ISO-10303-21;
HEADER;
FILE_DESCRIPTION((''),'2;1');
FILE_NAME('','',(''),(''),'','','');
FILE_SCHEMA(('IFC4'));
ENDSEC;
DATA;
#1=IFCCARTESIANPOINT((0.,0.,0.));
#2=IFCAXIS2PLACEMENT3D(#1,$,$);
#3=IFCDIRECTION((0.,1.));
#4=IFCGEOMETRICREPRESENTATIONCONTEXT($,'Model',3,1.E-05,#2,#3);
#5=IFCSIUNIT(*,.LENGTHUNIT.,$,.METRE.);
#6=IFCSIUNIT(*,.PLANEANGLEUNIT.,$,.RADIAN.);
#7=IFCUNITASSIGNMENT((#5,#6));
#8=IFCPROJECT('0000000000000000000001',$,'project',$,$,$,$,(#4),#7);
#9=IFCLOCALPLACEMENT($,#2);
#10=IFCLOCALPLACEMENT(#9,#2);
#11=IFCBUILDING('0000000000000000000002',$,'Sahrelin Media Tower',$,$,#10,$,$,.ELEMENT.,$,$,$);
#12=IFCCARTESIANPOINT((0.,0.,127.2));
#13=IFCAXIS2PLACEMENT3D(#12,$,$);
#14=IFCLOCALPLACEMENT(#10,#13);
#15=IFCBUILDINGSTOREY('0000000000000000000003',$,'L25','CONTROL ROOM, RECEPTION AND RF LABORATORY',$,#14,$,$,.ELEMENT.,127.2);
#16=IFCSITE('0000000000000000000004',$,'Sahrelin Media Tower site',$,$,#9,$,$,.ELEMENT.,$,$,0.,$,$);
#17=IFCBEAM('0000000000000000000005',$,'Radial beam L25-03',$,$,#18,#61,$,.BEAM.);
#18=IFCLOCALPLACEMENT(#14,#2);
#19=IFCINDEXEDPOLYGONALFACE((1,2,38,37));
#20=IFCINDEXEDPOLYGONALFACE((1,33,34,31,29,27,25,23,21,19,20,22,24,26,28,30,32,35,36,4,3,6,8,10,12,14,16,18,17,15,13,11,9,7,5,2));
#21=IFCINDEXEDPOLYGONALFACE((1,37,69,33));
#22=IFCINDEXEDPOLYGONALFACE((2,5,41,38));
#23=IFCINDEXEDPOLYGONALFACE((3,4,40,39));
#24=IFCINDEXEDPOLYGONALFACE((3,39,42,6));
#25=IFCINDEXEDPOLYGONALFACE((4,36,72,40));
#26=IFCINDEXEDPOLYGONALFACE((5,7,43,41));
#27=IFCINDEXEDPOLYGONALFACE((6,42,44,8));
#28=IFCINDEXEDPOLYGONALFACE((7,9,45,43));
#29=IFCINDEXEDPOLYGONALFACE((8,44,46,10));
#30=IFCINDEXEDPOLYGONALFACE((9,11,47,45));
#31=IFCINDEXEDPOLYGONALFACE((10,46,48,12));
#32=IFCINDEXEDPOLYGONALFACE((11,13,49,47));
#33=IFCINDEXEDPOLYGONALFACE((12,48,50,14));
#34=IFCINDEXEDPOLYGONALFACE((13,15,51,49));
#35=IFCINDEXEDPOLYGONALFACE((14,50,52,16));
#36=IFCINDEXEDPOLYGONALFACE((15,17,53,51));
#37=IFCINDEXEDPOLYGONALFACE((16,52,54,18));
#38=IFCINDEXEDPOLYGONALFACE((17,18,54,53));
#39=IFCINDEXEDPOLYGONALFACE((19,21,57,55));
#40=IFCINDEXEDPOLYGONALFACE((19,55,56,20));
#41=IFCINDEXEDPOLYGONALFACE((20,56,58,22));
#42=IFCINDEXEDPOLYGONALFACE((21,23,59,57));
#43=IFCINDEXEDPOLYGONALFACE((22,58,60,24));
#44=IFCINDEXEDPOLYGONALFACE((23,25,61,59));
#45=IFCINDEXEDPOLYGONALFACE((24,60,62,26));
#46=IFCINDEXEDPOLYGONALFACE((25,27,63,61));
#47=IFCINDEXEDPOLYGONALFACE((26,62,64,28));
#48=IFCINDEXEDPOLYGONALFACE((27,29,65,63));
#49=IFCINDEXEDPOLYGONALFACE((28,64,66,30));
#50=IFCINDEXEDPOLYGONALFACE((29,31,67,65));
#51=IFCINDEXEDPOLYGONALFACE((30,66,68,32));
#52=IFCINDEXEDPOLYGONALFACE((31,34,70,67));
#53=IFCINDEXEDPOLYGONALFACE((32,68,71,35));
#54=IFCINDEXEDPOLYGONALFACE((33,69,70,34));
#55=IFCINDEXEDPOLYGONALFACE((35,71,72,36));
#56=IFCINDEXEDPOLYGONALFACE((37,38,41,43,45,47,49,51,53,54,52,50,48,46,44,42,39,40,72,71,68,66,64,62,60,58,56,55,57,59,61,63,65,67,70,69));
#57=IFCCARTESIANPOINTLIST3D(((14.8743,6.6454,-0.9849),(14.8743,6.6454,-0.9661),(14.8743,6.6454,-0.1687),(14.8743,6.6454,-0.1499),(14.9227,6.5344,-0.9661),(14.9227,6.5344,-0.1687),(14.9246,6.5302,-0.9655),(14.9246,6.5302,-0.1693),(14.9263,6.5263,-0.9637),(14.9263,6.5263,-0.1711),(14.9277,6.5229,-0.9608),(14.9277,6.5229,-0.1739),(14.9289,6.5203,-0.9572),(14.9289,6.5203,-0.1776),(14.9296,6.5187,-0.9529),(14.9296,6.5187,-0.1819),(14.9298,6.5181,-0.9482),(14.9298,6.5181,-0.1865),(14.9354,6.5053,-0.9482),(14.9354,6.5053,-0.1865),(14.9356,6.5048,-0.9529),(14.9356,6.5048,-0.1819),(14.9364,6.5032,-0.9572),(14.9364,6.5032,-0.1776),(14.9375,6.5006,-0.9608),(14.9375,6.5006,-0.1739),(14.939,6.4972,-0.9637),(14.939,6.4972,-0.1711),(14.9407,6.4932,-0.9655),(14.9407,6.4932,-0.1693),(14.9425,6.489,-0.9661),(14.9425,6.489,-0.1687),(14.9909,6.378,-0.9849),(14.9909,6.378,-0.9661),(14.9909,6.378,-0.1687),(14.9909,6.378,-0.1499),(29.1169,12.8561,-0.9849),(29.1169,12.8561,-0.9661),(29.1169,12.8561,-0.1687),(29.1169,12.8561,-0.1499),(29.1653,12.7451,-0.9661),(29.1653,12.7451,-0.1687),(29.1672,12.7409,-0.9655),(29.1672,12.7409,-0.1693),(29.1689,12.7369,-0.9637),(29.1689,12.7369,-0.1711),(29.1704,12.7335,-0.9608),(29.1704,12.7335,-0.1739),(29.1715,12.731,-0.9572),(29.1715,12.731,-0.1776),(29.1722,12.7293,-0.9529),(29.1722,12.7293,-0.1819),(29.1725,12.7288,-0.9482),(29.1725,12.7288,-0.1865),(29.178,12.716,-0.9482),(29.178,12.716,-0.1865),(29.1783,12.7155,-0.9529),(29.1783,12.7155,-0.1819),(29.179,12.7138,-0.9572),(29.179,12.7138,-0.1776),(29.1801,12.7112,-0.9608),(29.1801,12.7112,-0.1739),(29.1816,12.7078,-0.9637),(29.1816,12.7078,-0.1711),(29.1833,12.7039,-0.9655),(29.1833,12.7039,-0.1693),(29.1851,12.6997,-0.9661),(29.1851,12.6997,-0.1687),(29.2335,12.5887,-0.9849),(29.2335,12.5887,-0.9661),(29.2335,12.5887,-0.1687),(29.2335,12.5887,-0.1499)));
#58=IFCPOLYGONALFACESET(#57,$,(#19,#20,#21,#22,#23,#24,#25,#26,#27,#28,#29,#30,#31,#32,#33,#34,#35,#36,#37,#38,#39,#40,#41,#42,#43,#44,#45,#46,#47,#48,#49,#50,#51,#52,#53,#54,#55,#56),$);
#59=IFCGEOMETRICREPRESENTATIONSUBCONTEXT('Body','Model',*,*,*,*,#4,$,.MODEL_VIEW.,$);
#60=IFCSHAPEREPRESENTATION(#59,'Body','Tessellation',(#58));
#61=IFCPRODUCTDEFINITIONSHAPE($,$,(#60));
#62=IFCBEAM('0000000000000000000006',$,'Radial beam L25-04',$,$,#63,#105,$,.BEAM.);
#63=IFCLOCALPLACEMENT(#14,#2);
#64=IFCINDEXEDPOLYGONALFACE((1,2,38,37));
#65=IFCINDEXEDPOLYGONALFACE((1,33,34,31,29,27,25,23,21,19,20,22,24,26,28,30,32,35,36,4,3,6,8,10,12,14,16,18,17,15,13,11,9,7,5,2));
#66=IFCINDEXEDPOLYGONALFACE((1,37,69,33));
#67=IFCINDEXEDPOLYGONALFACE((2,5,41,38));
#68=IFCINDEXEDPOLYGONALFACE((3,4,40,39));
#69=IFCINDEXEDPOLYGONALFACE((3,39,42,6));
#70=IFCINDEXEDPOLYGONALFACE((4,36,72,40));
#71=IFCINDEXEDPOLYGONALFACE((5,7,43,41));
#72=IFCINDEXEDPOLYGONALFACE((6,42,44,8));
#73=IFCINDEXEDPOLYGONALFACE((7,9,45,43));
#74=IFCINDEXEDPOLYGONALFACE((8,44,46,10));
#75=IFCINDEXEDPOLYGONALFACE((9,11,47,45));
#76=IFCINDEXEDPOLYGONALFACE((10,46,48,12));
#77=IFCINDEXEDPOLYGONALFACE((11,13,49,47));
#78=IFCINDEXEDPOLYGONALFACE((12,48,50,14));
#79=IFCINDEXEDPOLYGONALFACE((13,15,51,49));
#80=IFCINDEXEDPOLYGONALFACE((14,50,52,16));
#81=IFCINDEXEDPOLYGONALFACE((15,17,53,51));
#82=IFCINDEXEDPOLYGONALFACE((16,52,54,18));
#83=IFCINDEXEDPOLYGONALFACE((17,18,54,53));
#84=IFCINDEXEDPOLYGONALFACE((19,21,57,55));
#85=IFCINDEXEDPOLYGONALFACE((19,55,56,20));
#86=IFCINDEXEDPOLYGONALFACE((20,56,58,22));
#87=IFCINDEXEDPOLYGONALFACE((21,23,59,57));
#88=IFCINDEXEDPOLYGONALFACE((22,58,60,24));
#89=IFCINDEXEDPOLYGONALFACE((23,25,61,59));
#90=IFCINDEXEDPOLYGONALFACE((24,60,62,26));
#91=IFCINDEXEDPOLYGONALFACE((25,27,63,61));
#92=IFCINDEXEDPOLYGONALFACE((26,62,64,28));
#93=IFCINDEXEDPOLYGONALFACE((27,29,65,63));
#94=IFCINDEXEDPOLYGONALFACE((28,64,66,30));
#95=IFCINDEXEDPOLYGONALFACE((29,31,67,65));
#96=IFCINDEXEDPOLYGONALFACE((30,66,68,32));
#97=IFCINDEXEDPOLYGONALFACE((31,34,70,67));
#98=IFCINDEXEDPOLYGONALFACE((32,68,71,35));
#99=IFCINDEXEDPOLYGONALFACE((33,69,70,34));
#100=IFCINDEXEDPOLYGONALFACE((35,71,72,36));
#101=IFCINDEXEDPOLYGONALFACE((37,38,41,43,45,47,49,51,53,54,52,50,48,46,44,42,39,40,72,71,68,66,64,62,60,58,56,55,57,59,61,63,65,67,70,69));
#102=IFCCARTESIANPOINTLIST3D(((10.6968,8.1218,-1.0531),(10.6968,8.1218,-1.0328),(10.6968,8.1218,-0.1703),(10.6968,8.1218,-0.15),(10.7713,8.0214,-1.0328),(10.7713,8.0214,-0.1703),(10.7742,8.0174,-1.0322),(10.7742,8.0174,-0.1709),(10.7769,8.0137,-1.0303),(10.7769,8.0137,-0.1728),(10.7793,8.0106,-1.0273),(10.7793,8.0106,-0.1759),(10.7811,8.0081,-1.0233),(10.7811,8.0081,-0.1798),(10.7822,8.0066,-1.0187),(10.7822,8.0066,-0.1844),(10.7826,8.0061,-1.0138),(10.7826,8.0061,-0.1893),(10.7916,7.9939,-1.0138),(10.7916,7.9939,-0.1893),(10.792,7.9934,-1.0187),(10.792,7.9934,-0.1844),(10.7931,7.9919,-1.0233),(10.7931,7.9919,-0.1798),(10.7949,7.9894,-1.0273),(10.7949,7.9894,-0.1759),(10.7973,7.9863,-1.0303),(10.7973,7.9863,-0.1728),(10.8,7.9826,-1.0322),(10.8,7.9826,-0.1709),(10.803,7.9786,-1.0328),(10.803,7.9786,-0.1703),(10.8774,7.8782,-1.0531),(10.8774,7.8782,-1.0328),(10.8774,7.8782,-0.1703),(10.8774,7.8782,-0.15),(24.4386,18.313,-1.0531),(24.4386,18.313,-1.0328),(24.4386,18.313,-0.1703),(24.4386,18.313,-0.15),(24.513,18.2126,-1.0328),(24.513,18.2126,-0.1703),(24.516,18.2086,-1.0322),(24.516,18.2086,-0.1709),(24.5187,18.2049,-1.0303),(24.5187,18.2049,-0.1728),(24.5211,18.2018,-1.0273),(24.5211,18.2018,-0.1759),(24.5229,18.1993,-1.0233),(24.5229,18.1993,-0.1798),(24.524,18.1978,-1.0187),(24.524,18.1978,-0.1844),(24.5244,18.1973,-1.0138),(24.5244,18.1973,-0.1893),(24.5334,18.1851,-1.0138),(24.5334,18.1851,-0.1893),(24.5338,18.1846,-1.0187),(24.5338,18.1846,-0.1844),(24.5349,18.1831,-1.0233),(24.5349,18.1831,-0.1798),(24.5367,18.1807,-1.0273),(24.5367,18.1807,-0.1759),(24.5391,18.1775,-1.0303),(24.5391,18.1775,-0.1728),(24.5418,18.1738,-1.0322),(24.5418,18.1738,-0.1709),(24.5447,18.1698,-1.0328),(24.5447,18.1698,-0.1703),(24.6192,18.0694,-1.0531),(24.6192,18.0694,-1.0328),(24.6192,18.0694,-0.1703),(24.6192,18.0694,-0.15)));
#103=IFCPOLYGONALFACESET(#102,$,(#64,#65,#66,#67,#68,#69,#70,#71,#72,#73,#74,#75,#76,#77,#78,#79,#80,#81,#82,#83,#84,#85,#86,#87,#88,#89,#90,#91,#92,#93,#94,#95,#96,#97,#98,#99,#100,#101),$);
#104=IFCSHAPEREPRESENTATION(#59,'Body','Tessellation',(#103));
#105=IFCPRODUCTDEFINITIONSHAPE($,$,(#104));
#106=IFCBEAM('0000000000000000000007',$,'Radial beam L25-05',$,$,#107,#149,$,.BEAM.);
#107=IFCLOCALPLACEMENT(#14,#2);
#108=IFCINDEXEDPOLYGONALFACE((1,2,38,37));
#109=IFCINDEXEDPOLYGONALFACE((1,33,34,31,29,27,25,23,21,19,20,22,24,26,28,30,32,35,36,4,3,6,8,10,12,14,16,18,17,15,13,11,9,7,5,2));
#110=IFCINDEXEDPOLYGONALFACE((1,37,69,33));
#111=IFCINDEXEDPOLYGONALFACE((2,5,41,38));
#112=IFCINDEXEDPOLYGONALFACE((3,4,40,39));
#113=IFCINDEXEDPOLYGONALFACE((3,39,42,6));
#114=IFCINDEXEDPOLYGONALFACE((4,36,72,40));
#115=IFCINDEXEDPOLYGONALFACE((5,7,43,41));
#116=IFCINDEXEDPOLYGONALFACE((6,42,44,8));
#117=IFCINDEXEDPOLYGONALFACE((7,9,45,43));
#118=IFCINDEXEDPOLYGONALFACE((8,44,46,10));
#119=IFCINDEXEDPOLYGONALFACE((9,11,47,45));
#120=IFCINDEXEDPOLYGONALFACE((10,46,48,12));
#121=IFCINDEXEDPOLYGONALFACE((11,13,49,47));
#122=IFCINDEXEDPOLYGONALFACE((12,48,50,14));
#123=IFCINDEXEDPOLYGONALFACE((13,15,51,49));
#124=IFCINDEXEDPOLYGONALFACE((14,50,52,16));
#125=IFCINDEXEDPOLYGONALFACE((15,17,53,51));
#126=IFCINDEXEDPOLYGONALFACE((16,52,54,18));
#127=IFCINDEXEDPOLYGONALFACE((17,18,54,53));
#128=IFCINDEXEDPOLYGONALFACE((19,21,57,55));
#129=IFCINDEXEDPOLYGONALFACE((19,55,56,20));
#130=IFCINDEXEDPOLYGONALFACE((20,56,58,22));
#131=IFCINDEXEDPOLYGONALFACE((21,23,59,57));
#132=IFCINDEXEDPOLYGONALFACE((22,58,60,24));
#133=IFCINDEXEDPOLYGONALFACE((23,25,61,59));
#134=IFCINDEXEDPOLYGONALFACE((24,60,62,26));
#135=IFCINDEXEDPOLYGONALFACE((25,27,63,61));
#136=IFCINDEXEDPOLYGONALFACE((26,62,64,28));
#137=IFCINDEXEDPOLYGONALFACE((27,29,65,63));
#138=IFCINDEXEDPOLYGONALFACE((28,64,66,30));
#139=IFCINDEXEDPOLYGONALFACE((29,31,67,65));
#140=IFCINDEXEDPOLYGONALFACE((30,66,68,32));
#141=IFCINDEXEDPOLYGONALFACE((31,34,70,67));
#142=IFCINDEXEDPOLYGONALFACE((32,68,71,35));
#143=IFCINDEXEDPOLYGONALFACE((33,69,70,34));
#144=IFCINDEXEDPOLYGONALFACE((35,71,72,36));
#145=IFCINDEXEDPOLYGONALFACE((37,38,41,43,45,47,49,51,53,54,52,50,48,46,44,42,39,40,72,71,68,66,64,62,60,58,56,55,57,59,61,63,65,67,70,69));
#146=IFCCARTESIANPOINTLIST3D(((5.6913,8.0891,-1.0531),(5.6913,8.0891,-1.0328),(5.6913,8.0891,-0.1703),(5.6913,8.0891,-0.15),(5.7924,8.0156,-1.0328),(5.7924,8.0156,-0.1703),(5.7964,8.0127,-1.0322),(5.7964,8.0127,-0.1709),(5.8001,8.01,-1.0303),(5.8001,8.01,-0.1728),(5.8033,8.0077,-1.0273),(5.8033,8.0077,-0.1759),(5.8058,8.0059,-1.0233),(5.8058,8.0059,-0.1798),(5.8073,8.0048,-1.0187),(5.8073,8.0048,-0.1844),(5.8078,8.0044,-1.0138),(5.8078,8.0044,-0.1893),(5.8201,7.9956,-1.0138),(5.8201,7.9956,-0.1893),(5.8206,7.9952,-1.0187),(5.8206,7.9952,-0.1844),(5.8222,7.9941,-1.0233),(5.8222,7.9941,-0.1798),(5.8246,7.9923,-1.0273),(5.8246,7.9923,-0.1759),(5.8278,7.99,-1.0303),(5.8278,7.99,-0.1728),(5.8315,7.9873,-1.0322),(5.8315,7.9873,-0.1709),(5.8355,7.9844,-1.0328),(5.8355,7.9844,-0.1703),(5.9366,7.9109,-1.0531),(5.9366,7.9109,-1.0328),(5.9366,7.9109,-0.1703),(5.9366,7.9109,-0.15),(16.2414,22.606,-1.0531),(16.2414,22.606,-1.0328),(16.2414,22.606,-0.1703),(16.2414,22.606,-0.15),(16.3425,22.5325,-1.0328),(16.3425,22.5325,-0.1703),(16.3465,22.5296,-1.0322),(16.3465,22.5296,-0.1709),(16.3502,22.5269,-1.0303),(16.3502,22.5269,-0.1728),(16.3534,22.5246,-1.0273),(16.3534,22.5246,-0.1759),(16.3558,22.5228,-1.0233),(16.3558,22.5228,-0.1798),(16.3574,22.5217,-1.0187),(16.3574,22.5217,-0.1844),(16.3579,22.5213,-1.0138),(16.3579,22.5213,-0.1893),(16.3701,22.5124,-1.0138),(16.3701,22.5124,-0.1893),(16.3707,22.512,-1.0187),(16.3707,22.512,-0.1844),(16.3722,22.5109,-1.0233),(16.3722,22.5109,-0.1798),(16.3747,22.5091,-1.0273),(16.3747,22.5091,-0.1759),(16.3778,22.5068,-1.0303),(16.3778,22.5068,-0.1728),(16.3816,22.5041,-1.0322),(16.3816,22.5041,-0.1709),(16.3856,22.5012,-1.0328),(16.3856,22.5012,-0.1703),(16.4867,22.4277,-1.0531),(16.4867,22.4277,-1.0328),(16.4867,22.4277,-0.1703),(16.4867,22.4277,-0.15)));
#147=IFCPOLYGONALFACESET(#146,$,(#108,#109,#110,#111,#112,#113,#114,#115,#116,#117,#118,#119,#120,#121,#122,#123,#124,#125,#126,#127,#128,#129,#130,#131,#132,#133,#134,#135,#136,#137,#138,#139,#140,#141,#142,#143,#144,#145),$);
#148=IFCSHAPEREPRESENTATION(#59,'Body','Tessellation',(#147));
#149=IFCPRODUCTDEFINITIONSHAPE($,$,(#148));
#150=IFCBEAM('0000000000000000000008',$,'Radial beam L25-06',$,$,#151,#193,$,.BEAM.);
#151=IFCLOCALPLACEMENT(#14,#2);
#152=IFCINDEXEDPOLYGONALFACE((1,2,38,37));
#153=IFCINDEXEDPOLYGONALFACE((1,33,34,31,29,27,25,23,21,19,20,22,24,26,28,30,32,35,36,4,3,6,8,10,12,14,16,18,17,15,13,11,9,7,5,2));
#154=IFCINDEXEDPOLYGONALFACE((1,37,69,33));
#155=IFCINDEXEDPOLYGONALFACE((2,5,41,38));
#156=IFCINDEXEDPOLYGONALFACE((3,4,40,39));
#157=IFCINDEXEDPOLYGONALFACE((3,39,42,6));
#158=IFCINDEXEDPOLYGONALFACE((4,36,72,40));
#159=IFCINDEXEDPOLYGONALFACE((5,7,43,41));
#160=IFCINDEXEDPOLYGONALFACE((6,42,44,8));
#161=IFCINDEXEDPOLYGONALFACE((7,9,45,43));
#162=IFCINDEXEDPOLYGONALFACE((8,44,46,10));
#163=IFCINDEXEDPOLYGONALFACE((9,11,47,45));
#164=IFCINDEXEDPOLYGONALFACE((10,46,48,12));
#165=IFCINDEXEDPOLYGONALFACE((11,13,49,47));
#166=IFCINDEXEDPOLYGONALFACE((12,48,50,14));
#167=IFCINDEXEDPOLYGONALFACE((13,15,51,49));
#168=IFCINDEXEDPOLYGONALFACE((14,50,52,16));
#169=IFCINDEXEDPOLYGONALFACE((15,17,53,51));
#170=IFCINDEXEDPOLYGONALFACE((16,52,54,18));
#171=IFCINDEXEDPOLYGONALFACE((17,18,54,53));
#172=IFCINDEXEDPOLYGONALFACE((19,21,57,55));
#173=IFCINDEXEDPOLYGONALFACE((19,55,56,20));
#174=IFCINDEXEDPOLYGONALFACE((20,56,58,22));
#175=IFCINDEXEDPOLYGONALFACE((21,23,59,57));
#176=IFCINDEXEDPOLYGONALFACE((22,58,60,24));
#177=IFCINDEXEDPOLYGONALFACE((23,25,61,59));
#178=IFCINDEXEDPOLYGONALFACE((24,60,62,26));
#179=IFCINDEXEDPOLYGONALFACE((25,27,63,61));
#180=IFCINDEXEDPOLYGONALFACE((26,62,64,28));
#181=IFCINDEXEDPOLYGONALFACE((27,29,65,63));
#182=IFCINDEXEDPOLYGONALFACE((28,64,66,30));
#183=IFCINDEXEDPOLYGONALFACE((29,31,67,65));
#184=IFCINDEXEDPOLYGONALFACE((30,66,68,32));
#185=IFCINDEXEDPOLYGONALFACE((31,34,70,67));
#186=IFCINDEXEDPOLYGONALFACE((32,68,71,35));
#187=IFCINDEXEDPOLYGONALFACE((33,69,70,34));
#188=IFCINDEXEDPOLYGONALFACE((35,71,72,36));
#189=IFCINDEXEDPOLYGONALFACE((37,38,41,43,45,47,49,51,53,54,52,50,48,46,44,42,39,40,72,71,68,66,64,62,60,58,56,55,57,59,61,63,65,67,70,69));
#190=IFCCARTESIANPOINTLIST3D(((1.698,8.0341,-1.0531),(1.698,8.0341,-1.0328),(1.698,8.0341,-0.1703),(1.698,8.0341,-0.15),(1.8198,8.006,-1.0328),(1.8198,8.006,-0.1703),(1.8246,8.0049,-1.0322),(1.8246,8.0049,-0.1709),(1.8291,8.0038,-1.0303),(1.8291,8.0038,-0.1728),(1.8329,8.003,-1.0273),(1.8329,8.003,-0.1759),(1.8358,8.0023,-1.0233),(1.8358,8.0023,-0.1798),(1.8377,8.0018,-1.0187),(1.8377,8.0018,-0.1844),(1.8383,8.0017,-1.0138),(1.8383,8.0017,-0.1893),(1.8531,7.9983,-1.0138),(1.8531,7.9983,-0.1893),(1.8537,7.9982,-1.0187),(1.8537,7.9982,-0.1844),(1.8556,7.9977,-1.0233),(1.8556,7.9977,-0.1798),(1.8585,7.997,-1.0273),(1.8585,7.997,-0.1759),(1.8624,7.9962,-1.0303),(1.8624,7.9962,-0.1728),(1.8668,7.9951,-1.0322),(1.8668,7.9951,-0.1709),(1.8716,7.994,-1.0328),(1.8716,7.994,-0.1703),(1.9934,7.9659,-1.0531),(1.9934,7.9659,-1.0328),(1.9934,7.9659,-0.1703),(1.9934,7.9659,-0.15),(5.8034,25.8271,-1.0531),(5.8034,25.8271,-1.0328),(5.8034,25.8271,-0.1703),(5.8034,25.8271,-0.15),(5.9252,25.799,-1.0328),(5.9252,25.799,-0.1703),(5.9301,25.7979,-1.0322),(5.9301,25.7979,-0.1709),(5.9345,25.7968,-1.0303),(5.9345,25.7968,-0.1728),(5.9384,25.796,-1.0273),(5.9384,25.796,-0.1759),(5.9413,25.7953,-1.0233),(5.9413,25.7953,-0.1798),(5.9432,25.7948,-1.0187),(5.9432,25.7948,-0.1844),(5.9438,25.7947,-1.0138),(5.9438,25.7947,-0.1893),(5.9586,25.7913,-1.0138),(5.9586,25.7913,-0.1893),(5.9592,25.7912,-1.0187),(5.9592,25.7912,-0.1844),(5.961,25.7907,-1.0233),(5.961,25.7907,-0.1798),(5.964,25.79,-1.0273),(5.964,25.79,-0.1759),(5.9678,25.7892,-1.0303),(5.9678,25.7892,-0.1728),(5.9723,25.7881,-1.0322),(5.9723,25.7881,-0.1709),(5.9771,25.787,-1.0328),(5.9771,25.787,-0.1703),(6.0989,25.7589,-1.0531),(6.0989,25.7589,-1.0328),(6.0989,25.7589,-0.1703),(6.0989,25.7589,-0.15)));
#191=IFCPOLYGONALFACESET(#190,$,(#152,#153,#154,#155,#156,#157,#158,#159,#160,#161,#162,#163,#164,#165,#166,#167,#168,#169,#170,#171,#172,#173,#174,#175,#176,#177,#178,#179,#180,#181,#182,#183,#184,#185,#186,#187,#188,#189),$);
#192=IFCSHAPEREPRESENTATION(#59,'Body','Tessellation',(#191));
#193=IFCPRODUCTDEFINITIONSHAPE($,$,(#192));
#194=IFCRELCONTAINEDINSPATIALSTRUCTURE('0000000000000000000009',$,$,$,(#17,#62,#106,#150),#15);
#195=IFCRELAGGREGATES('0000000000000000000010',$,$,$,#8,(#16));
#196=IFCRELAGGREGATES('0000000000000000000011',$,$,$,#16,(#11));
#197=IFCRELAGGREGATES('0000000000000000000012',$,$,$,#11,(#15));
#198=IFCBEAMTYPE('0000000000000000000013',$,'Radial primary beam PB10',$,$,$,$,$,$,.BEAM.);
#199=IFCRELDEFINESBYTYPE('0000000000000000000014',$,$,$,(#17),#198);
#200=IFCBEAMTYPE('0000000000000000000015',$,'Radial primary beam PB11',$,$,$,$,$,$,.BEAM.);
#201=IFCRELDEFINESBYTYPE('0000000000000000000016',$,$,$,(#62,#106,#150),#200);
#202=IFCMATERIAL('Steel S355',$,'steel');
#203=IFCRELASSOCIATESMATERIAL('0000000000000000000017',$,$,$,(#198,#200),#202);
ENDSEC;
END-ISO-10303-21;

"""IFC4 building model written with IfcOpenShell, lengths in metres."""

from ifc_helpers import new_model, si_unit, direction, frame, origin, origin_2d, place, context, subcontext, project, spatial, i_section, extrude, material, material_profile, profile_set, type_object, element, save


model = new_model("IFC4")

# Units and contexts
model_context = context("Model", 3, precision=1e-05, world=origin(), true_north=direction((0.0, 1.0)))
body_context = subcontext(model_context, "Body", "Model", "MODEL_VIEW")
ifc_project = project(units=[si_unit("LENGTHUNIT", "METRE"), si_unit("PLANEANGLEUNIT", "RADIAN")], contexts=[model_context])

# Site, building, storey
site_placement = place(None, origin())
site = spatial("IfcSite", under=ifc_project, at=site_placement, Name="Sahrelin Media Tower site", CompositionType="ELEMENT", RefElevation=0.0)
building_placement = place(site_placement, origin())
building = spatial("IfcBuilding", under=site, at=building_placement, Name="Sahrelin Media Tower", CompositionType="ELEMENT")
storey_placement = place(building_placement, frame((0.0, 0.0, 127.2)))
storey = spatial("IfcBuildingStorey", under=building, at=storey_placement, Name="L25", Description="CONTROL ROOM, RECEPTION AND RF LABORATORY", CompositionType="ELEMENT", Elevation=127.2)

# Beams
ifc_material_1 = material(Name="Steel S355", Category="steel")
ifc_material_profile_1 = material_profile(ifc_material_1, i_section(OverallWidth=0.2917, OverallDepth=0.835, WebThickness=0.0139, FlangeThickness=0.0188, FilletRadius=0.0178, at=origin_2d()), Name="UB 838x292x176")
ifc_profile_set_1 = profile_set([ifc_material_profile_1], Name="Steel S355")
beam_type_1 = type_object("IfcBeamType", Name="Radial primary beam PB10", PredefinedType="BEAM", material=ifc_profile_set_1)
beam_1_placement = place(storey_placement, frame((14.9326, 6.5117, -0.5674), z_axis=(0.916641, 0.399712, 0.0), x_axis=(-0.399712, 0.916641, 0.0)))
element("IfcBeam", 1, at=beam_1_placement, inside=storey, type_object=beam_type_1, Name="Radial beam L25-03", PredefinedType="BEAM", context=body_context, shape_type="SweptSolid", body=[
    extrude(i_section(OverallWidth=0.2917, OverallDepth=0.835, WebThickness=0.0139, FlangeThickness=0.0188, FilletRadius=0.0178, at=origin_2d()), origin(), (0.0, 0.0, 1.0), 15.5378),
])
ifc_material_profile_2 = material_profile(ifc_material_1, i_section(OverallWidth=0.3032, OverallDepth=0.9031, WebThickness=0.0151, FlangeThickness=0.0203, FilletRadius=0.019, at=origin_2d()), Name="UB 914x305x201")
ifc_profile_set_2 = profile_set([ifc_material_profile_2], Name="Steel S355")
beam_type_2 = type_object("IfcBeamType", Name="Radial primary beam PB11", PredefinedType="BEAM", material=ifc_profile_set_2)
beam_2_placement = place(storey_placement, frame((10.7871, 8.0, -0.6016), z_axis=(0.803218, 0.595685, 0.0), x_axis=(-0.595685, 0.803218, 0.0)))
element("IfcBeam", 2, at=beam_2_placement, inside=storey, type_object=beam_type_2, Name="Radial beam L25-04", PredefinedType="BEAM", context=body_context, shape_type="SweptSolid", body=[
    extrude(i_section(OverallWidth=0.3032, OverallDepth=0.9031, WebThickness=0.0151, FlangeThickness=0.0203, FilletRadius=0.019, at=origin_2d()), origin(), (0.0, 0.0, 1.0), 17.1084),
])
beam_3_placement = place(storey_placement, frame((5.814, 8.0, -0.6016), z_axis=(0.587893, 0.808939, 0.0), x_axis=(-0.808939, 0.587893, 0.0)))
element("IfcBeam", 3, at=beam_3_placement, inside=storey, type_object=beam_type_2, Name="Radial beam L25-05", PredefinedType="BEAM", context=body_context, shape_type="SweptSolid", body=[
    extrude(i_section(OverallWidth=0.3032, OverallDepth=0.9031, WebThickness=0.0151, FlangeThickness=0.0203, FilletRadius=0.019, at=origin_2d()), origin(), (0.0, 0.0, 1.0), 17.9456),
])
beam_4_placement = place(storey_placement, frame((1.8457, 8.0, -0.6016), z_axis=(0.224828, 0.974398, 0.0), x_axis=(-0.974398, 0.224828, 0.0)))
element("IfcBeam", 4, at=beam_4_placement, inside=storey, type_object=beam_type_2, Name="Radial beam L25-06", PredefinedType="BEAM", context=body_context, shape_type="SweptSolid", body=[
    extrude(i_section(OverallWidth=0.3032, OverallDepth=0.9031, WebThickness=0.0151, FlangeThickness=0.0203, FilletRadius=0.019, at=origin_2d()), origin(), (0.0, 0.0, 1.0), 18.2605),
])

save(model, "model.ifc")
